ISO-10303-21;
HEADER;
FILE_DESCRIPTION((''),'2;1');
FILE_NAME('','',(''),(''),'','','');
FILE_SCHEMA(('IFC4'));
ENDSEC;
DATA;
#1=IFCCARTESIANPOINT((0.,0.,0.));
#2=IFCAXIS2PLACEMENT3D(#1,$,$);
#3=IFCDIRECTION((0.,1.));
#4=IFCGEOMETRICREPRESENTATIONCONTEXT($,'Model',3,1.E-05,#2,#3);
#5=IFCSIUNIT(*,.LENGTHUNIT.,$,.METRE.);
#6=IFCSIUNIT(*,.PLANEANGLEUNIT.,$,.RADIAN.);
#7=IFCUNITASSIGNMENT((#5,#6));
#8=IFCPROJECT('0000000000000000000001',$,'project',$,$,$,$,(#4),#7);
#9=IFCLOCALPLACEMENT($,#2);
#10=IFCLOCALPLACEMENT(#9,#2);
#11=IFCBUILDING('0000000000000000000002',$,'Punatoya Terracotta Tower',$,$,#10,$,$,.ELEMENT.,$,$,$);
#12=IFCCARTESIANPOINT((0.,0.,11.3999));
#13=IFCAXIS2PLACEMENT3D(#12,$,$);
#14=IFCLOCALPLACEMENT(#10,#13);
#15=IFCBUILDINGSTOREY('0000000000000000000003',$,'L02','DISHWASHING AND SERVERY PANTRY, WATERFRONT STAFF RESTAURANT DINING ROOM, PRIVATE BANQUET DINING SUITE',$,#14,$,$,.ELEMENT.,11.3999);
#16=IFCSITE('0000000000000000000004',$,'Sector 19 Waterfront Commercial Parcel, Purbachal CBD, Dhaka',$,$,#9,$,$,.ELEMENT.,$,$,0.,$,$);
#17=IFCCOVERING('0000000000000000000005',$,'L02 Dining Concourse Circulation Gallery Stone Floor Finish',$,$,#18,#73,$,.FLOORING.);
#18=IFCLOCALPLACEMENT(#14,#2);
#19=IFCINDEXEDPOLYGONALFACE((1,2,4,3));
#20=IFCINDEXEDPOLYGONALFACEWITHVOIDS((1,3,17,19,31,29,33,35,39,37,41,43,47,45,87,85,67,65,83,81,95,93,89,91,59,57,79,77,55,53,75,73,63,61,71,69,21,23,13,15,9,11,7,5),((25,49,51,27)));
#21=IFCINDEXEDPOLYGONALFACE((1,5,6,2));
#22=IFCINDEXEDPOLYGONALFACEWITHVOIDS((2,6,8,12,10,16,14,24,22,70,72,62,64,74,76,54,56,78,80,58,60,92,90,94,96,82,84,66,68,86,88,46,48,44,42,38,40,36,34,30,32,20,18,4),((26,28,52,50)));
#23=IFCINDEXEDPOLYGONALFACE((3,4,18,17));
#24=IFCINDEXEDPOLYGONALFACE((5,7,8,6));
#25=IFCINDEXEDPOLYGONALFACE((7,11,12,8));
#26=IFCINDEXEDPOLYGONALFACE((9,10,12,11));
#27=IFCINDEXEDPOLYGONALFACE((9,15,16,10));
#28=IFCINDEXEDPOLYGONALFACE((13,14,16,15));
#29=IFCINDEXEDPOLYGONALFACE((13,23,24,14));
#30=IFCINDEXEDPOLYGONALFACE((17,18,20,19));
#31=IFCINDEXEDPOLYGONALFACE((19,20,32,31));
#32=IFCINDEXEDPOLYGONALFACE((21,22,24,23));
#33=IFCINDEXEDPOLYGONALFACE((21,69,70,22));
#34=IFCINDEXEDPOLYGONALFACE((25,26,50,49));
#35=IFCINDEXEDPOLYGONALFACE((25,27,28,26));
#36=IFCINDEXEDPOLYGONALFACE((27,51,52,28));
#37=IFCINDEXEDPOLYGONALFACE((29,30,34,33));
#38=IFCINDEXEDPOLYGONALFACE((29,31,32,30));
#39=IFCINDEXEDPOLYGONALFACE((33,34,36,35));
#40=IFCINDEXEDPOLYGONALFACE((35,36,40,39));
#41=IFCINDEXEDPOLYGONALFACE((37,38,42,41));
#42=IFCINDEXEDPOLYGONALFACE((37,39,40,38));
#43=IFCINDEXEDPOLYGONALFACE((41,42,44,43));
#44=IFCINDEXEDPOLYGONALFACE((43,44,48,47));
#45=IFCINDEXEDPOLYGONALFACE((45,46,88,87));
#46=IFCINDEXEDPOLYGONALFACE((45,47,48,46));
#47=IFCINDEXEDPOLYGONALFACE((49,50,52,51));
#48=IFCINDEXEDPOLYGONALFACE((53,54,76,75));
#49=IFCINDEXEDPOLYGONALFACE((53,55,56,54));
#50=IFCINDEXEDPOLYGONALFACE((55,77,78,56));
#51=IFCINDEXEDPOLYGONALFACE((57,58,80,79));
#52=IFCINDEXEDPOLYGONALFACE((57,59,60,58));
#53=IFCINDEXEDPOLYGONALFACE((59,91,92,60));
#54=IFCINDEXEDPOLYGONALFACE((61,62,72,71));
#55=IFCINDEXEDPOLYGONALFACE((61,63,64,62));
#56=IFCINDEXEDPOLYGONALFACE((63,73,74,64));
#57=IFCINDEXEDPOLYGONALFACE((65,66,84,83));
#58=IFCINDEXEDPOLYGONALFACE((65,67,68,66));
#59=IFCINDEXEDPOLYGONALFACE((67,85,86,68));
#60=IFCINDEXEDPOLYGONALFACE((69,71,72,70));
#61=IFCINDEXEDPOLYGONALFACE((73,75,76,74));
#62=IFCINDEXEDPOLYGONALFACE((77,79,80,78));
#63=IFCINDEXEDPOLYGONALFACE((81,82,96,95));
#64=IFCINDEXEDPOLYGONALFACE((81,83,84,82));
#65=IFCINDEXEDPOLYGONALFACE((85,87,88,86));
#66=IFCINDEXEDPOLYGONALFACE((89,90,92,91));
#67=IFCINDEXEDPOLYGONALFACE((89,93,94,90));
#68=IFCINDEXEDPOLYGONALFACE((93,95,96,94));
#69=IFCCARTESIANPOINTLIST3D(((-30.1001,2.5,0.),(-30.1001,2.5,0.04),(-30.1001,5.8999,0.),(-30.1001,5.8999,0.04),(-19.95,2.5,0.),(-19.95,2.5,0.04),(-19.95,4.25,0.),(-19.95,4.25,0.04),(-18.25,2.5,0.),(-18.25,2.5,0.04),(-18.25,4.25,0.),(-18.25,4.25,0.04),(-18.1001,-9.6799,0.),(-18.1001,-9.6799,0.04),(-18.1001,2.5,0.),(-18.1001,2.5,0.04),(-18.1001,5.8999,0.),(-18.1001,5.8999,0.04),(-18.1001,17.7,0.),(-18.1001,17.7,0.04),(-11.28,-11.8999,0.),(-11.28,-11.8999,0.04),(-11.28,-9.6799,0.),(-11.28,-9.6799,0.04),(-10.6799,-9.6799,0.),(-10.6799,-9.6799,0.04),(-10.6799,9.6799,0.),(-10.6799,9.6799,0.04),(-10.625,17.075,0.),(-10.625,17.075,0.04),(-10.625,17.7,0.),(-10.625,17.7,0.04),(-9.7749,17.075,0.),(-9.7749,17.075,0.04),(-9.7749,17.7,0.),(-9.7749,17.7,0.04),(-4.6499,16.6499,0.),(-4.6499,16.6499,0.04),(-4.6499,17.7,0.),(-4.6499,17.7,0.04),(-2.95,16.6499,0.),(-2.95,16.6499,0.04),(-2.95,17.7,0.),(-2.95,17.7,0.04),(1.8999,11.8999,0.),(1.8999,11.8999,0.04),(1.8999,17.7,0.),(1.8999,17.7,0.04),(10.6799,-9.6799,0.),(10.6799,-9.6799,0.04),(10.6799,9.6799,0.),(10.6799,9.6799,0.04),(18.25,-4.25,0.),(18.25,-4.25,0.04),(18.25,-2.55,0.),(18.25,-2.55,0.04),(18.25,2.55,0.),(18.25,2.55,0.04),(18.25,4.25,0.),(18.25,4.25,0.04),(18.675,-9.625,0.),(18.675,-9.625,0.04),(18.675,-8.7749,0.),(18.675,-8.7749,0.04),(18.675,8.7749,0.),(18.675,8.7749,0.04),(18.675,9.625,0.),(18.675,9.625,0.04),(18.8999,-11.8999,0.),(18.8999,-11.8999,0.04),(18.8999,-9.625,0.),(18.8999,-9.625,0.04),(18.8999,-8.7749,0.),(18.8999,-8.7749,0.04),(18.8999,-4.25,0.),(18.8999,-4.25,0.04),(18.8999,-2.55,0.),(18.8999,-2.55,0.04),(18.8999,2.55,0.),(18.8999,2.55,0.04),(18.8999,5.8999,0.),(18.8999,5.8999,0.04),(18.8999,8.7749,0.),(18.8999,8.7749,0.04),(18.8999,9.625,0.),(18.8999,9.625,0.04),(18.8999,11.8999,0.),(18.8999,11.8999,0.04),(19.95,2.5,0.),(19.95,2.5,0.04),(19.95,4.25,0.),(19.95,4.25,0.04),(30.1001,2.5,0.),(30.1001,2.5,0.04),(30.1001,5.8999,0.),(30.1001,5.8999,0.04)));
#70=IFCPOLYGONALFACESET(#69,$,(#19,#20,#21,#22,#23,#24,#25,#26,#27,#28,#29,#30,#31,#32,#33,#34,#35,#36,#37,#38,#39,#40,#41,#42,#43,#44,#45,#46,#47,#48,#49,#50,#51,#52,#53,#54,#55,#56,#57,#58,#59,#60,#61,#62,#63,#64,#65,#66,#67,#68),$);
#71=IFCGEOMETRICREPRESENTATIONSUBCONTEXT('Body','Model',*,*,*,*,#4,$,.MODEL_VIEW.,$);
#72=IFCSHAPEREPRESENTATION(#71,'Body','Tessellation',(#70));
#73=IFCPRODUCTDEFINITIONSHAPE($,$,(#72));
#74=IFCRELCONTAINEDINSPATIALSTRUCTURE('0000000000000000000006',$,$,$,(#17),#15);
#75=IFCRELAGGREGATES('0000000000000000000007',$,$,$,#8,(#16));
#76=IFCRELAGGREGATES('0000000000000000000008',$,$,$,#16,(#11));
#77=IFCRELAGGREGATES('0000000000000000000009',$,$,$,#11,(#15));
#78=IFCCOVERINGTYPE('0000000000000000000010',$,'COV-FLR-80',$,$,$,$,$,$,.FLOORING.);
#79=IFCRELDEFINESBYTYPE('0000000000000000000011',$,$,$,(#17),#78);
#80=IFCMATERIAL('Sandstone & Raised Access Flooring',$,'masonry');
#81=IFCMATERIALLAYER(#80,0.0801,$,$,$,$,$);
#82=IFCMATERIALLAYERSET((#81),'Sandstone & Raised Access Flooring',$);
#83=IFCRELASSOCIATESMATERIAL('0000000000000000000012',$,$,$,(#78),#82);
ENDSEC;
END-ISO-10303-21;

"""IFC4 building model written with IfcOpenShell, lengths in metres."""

from ifc_helpers import new_model, si_unit, direction, frame, origin, place, context, subcontext, project, spatial, polyline, outline, extrude, material, layer, layer_set, type_object, element, save


model = new_model("IFC4")

# Units and contexts
model_context = context("Model", 3, precision=1e-05, world=origin(), true_north=direction((0.0, 1.0)))
body_context = subcontext(model_context, "Body", "Model", "MODEL_VIEW")
ifc_project = project(units=[si_unit("LENGTHUNIT", "METRE"), si_unit("PLANEANGLEUNIT", "RADIAN")], contexts=[model_context])

# Site, building, storey
site_placement = place(None, origin())
site = spatial("IfcSite", under=ifc_project, at=site_placement, Name="Sector 19 Waterfront Commercial Parcel, Purbachal CBD, Dhaka", CompositionType="ELEMENT", RefElevation=0.0)
building_placement = place(site_placement, origin())
building = spatial("IfcBuilding", under=site, at=building_placement, Name="Punatoya Terracotta Tower", CompositionType="ELEMENT")
storey_placement = place(building_placement, frame((0.0, 0.0, 11.3999)))
storey = spatial("IfcBuildingStorey", under=building, at=storey_placement, Name="L02", Description="DISHWASHING AND SERVERY PANTRY, WATERFRONT STAFF RESTAURANT DINING ROOM, PRIVATE BANQUET DINING SUITE", CompositionType="ELEMENT", Elevation=11.3999)

# Covering
ifc_material_1 = material(Name="Sandstone & Raised Access Flooring", Category="masonry")
ifc_layer_1 = layer(ifc_material_1, 0.0801)
ifc_layer_set_1 = layer_set([ifc_layer_1], Name="Sandstone & Raised Access Flooring")
covering_type_1 = type_object("IfcCoveringType", Name="COV-FLR-80", PredefinedType="FLOORING", material=ifc_layer_set_1)
covering_1_placement = place(storey_placement, origin())
element("IfcCovering", 1, at=covering_1_placement, inside=storey, type_object=covering_type_1, Name="L02 Dining Concourse Circulation Gallery Stone Floor Finish", PredefinedType="FLOORING", context=body_context, shape_type="SweptSolid", body=[
    extrude(outline(polyline([(-19.95, 2.5), (-19.95, 4.25), (-18.25, 4.25), (-18.25, 2.5), (-18.1001, 2.5), (-18.1001, -9.6799), (-11.28, -9.6799), (-11.28, -11.8999), (18.8999, -11.8999), (18.8999, -9.625), (18.675, -9.625), (18.675, -8.7749), (18.8999, -8.7749), (18.8999, -4.25), (18.25, -4.25), (18.25, -2.55), (18.8999, -2.55), (18.8999, 2.55), (18.25, 2.55), (18.25, 4.25), (19.95, 4.25), (19.95, 2.5), (30.1001, 2.5), (30.1001, 5.8999), (18.8999, 5.8999), (18.8999, 8.7749), (18.675, 8.7749), (18.675, 9.625), (18.8999, 9.625), (18.8999, 11.8999), (1.8999, 11.8999), (1.8999, 17.7), (-2.95, 17.7), (-2.95, 16.6499), (-4.6499, 16.6499), (-4.6499, 17.7), (-9.7749, 17.7), (-9.7749, 17.075), (-10.625, 17.075), (-10.625, 17.7), (-18.1001, 17.7), (-18.1001, 5.8999), (-30.1001, 5.8999), (-30.1001, 2.5), (-19.95, 2.5)]), holes=[polyline([(10.6799, -9.6799), (-10.6799, -9.6799), (-10.6799, 9.6799), (10.6799, 9.6799), (10.6799, -9.6799)])]), origin(), (0.0, 0.0, 1.0), 0.04),
])

save(model, "model.ifc")
